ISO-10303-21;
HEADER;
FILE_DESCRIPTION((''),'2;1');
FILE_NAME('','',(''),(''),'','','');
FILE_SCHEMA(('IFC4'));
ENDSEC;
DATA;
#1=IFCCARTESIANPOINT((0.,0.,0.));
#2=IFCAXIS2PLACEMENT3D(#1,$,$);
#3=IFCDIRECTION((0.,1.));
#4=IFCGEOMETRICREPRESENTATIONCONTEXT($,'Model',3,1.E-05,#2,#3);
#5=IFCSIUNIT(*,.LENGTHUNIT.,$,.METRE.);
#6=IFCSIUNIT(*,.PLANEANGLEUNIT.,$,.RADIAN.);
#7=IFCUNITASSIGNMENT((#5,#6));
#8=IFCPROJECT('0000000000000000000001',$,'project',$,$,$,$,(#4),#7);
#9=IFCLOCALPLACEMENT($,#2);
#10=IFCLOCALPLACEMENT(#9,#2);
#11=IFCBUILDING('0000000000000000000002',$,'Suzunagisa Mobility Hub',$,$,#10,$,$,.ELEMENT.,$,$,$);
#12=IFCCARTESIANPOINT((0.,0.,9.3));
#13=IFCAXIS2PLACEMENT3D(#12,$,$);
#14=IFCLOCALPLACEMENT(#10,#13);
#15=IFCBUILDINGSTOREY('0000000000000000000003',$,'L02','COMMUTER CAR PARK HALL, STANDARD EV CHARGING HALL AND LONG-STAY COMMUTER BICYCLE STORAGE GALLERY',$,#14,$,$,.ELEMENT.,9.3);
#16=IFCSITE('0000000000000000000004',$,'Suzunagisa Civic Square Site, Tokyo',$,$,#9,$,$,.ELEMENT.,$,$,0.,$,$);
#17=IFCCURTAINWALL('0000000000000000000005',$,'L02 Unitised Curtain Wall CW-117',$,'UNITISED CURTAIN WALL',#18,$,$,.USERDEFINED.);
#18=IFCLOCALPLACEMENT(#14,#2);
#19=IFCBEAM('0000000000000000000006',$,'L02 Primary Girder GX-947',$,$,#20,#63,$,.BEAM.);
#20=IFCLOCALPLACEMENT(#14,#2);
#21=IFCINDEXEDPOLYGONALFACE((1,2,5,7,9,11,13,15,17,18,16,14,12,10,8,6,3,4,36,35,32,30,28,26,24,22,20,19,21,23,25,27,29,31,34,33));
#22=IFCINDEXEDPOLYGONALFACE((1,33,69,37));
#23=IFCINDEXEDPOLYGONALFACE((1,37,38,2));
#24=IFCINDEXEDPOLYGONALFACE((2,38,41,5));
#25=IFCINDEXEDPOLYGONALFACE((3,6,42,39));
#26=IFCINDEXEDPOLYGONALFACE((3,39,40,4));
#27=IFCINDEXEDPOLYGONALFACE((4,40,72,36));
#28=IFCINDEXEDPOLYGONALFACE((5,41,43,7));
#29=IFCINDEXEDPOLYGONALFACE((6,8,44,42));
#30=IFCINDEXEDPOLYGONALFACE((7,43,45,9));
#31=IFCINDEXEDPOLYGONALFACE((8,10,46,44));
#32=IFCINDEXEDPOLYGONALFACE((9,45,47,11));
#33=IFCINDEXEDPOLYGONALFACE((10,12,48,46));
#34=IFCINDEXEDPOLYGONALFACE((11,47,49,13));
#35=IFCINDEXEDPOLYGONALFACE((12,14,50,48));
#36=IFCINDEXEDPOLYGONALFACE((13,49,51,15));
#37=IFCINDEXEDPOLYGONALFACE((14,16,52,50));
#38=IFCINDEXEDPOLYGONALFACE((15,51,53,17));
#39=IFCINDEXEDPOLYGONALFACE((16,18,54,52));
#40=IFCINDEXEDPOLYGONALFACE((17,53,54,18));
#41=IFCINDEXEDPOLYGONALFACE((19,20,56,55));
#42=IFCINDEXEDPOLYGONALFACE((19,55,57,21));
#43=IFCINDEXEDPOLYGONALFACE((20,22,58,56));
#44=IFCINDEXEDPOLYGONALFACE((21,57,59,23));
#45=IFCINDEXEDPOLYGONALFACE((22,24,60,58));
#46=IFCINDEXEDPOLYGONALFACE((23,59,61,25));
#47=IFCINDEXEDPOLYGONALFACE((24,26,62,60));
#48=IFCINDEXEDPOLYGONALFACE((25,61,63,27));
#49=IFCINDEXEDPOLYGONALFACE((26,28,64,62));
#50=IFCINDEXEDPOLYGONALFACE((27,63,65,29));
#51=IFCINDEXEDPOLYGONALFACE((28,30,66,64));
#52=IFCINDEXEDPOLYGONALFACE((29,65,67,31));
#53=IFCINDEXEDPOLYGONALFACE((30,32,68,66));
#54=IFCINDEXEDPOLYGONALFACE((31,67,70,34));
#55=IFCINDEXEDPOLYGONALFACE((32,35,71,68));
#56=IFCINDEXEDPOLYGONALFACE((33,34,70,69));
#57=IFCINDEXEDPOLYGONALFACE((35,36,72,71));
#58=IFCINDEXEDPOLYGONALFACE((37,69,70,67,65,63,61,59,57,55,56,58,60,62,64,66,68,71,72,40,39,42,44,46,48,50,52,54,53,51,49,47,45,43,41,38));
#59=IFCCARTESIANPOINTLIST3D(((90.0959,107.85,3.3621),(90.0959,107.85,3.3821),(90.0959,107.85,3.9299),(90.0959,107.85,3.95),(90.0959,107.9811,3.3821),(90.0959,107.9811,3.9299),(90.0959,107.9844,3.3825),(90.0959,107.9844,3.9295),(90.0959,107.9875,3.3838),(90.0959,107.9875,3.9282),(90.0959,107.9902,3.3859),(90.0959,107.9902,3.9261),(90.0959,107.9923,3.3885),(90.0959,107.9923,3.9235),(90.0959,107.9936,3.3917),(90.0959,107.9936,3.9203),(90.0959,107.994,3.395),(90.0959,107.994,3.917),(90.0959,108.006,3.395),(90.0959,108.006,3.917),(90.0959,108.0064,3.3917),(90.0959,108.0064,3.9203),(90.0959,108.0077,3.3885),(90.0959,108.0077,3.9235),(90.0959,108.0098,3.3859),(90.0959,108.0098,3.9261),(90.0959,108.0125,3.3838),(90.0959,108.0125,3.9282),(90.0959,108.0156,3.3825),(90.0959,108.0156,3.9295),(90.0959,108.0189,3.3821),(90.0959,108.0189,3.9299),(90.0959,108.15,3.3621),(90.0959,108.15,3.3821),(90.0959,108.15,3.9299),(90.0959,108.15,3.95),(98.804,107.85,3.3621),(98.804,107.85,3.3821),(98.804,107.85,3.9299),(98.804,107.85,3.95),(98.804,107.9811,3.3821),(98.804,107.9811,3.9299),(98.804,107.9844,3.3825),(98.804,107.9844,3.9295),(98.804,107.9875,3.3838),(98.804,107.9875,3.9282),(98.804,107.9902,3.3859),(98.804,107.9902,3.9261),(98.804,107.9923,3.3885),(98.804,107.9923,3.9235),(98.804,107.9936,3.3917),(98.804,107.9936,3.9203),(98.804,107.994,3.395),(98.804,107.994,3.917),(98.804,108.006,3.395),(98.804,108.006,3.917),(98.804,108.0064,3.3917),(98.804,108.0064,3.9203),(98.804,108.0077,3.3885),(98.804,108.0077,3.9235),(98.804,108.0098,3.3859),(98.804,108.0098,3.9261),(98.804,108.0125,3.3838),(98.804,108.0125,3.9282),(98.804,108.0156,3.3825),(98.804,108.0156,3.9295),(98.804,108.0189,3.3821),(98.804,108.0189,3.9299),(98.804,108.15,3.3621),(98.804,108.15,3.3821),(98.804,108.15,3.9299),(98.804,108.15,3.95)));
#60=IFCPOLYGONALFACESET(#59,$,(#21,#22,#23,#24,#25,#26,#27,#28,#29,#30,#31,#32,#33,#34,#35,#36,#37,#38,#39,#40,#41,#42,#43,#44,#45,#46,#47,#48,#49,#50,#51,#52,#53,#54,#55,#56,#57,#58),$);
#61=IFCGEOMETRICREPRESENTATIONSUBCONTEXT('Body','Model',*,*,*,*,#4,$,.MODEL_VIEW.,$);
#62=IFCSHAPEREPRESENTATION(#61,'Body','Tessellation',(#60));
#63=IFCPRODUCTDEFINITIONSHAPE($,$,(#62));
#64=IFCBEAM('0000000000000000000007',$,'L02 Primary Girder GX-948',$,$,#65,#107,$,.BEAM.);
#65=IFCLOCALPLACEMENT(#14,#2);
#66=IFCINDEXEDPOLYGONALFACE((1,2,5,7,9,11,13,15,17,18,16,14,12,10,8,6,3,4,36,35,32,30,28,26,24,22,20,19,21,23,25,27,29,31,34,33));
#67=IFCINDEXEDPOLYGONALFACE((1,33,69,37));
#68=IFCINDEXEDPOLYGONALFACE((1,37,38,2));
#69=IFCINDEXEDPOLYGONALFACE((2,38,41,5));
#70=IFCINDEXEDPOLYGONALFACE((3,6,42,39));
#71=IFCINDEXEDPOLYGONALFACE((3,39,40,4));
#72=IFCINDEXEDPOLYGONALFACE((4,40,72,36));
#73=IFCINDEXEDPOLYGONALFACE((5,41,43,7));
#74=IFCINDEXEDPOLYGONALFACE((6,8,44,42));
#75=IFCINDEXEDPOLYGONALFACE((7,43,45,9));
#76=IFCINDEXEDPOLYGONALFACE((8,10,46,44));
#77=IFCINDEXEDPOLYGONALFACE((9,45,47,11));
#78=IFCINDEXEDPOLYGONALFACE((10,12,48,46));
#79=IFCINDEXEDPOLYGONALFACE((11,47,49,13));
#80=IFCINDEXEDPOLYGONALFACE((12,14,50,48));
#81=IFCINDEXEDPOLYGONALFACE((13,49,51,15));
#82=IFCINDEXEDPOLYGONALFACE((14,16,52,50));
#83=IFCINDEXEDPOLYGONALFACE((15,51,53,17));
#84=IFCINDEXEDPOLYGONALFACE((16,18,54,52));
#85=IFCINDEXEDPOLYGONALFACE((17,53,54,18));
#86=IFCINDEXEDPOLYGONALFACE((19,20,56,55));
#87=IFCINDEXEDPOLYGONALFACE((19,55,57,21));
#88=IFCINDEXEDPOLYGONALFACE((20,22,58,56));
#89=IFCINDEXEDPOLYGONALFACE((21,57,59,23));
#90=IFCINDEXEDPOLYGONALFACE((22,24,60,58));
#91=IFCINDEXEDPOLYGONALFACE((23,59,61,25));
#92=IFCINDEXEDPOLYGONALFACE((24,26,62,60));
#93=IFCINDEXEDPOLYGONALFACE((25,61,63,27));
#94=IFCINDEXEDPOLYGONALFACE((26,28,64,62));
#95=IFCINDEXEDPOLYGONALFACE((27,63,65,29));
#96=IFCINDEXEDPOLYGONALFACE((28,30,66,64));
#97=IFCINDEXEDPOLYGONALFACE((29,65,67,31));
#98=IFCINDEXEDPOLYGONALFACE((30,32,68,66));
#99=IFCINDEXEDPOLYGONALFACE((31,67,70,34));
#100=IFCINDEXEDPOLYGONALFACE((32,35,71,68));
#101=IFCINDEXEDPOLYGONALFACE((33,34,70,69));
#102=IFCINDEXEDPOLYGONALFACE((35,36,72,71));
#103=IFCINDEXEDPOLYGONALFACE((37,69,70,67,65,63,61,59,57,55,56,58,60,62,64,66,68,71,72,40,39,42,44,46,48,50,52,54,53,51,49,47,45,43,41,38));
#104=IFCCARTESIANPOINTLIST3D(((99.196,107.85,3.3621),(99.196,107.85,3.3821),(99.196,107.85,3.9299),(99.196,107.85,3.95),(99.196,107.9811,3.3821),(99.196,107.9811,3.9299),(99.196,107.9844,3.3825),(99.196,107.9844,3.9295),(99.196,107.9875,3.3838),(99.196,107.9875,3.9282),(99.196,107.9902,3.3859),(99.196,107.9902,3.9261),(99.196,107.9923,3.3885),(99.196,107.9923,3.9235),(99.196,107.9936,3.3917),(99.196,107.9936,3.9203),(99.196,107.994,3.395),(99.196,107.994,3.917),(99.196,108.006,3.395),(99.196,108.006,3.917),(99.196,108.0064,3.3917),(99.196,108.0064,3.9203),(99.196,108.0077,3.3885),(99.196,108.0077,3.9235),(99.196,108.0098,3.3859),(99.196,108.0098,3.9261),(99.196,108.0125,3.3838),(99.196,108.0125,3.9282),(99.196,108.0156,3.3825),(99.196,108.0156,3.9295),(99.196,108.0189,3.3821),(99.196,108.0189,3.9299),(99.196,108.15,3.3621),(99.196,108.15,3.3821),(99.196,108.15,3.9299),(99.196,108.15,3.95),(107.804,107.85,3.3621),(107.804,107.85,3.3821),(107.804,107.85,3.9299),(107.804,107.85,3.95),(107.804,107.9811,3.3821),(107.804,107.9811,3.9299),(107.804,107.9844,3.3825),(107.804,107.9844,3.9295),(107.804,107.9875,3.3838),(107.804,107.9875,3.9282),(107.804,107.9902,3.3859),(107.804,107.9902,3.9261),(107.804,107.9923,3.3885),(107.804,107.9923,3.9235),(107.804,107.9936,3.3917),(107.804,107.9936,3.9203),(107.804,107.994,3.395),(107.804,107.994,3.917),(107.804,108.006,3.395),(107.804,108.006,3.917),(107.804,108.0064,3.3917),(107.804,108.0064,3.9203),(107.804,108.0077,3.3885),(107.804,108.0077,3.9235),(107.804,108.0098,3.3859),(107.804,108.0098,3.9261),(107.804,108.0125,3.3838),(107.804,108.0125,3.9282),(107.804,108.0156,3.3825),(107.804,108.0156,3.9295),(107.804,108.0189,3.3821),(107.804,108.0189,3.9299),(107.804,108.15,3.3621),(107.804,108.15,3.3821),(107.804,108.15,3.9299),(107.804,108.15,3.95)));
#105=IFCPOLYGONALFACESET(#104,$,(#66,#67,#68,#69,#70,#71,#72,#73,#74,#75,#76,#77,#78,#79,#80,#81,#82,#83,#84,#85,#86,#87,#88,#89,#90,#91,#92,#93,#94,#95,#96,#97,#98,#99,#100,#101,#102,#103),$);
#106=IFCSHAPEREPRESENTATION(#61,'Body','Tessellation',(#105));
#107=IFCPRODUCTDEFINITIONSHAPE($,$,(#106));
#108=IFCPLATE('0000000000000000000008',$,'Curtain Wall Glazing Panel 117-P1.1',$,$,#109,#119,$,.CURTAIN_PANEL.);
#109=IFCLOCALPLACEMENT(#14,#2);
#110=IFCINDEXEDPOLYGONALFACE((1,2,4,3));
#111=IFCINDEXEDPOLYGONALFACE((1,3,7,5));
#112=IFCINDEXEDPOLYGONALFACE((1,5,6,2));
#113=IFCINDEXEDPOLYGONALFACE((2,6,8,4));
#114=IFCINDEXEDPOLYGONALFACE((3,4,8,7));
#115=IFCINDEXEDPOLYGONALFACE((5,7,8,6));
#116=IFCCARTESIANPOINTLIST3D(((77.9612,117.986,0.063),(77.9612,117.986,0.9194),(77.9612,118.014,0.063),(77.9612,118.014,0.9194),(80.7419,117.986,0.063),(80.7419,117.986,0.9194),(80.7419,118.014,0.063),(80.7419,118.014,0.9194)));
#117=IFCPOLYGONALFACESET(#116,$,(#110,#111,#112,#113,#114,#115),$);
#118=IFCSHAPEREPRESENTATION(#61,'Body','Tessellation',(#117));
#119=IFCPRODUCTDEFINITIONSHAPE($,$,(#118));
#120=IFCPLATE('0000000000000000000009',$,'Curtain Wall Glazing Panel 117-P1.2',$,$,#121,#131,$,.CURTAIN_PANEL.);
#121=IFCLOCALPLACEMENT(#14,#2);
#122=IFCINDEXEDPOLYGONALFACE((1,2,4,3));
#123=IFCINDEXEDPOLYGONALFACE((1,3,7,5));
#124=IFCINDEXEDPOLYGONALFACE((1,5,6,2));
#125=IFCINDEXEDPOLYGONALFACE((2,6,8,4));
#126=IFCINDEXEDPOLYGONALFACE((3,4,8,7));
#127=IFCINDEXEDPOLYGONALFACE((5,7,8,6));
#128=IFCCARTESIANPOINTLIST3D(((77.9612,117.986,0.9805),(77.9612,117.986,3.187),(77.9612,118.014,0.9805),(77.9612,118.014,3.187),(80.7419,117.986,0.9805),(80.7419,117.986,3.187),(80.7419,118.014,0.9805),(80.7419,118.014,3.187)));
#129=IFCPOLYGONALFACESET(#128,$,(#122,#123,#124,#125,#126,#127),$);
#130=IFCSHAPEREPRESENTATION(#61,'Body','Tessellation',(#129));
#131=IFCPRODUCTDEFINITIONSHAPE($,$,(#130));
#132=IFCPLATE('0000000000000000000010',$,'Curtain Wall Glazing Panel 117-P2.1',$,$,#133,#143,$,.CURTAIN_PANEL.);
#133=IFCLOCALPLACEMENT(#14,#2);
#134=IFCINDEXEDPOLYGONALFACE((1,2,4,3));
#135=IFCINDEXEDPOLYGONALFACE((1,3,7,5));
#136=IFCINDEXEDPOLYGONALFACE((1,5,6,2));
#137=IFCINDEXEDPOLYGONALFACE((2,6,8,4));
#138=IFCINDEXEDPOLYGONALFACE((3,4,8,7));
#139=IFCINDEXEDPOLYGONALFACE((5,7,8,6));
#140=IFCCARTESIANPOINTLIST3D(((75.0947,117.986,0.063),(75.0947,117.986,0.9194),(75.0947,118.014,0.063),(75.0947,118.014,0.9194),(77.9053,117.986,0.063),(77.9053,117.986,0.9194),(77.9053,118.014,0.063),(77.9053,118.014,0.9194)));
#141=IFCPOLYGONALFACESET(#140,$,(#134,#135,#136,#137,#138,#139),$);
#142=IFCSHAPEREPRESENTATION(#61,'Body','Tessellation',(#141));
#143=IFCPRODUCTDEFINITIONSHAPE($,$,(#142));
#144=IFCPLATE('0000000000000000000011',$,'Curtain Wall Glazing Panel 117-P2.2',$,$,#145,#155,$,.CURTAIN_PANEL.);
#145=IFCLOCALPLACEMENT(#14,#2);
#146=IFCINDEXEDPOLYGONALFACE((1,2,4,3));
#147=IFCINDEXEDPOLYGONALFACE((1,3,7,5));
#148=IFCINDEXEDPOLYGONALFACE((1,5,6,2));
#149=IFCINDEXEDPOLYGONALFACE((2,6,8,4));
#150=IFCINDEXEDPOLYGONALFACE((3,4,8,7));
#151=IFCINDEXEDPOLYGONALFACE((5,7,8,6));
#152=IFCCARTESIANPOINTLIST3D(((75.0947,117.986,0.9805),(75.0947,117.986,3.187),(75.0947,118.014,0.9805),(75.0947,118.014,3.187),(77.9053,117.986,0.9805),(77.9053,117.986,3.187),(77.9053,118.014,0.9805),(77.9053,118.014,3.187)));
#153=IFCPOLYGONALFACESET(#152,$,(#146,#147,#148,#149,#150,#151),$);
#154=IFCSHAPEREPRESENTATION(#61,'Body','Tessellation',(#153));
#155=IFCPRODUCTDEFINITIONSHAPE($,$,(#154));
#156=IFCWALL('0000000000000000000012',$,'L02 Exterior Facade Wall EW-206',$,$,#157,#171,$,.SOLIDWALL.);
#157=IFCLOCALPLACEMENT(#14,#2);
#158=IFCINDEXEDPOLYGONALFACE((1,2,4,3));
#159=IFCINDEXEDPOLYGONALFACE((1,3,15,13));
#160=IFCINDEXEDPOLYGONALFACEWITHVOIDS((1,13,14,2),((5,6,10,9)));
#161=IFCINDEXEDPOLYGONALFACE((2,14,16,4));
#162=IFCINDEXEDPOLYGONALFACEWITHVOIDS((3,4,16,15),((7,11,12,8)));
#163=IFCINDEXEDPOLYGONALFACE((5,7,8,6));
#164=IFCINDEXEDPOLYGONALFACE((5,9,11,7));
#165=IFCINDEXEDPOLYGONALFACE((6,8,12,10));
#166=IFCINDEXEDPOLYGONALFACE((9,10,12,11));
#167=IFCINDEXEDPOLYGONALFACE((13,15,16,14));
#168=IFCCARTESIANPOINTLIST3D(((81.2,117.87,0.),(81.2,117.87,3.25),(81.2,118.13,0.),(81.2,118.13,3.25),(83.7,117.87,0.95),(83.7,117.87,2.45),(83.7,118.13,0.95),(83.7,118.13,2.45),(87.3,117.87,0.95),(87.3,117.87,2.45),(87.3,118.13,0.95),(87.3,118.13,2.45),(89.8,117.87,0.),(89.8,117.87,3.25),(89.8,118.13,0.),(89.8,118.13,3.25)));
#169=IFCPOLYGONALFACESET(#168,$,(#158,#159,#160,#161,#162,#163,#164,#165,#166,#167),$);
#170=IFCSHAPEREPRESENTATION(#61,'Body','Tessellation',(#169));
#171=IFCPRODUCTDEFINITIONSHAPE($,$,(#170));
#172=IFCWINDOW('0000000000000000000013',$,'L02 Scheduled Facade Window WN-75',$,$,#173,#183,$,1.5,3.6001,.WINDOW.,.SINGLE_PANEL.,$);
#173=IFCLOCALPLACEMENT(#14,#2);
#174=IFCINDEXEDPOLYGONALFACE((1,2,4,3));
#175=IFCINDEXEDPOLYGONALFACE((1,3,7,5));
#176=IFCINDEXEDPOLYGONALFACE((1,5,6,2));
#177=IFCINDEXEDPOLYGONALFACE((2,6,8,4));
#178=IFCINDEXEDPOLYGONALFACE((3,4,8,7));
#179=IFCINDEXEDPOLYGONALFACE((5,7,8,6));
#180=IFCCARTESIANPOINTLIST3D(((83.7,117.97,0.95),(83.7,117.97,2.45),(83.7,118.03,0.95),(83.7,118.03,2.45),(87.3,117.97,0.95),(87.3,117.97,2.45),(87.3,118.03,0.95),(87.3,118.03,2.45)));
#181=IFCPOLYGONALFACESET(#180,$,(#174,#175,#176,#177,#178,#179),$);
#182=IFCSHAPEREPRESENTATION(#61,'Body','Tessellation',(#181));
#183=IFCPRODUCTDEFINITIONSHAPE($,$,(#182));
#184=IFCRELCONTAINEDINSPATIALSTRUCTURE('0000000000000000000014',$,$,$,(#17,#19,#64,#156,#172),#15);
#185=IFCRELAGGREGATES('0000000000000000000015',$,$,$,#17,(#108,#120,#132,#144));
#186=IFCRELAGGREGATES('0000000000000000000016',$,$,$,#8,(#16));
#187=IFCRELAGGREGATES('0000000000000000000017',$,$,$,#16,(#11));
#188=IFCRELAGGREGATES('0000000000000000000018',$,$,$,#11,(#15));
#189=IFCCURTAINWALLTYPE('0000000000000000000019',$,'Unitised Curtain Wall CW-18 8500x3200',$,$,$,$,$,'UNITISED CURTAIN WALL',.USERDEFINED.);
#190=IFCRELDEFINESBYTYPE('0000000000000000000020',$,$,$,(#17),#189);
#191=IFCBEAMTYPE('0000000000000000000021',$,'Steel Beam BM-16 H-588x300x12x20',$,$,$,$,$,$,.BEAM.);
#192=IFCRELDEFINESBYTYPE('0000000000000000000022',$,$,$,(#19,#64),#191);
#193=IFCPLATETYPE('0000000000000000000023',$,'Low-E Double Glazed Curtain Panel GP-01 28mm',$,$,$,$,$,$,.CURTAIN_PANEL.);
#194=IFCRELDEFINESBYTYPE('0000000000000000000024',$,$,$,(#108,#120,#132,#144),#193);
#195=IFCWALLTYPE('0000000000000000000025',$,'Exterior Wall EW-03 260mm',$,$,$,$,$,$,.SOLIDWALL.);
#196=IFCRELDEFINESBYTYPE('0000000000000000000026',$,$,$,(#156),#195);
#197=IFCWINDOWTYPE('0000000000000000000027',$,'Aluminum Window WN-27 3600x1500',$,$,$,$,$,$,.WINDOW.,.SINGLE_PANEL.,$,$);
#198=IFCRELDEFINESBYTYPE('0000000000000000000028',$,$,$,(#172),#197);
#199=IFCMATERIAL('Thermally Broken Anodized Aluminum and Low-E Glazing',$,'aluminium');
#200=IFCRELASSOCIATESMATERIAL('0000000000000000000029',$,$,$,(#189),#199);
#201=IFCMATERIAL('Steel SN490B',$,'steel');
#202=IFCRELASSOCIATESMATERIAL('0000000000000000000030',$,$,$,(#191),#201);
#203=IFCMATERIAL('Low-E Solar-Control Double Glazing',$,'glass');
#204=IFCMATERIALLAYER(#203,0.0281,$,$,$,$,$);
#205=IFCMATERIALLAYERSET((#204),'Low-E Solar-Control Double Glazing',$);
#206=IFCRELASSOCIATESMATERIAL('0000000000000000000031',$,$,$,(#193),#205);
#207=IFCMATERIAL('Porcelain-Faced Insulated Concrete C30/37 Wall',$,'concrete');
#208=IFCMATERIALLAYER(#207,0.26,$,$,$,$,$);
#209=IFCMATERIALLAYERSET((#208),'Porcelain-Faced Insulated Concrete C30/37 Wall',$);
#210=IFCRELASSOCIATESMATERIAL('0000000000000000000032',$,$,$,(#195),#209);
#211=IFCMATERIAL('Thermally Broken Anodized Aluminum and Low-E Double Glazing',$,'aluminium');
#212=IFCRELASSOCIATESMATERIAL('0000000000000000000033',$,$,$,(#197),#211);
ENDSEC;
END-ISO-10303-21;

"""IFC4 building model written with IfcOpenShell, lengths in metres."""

from ifc_helpers import new_model, si_unit, direction, frame, frame_2d, origin, origin_2d, place, context, subcontext, project, spatial, rectangle, i_section, extrude, material, layer, layer_set, material_profile, profile_set, type_object, element, fill, aggregate, save


model = new_model("IFC4")

# Units and contexts
model_context = context("Model", 3, precision=1e-05, world=origin(), true_north=direction((0.0, 1.0)))
body_context = subcontext(model_context, "Body", "Model", "MODEL_VIEW")
ifc_project = project(units=[si_unit("LENGTHUNIT", "METRE"), si_unit("PLANEANGLEUNIT", "RADIAN")], contexts=[model_context])

# Site, building, storey
site_placement = place(None, origin())
site = spatial("IfcSite", under=ifc_project, at=site_placement, Name="Suzunagisa Civic Square Site, Tokyo", CompositionType="ELEMENT", RefElevation=0.0)
building_placement = place(site_placement, origin())
building = spatial("IfcBuilding", under=site, at=building_placement, Name="Suzunagisa Mobility Hub", CompositionType="ELEMENT")
storey_placement = place(building_placement, frame((0.0, 0.0, 9.3)))
storey = spatial("IfcBuildingStorey", under=building, at=storey_placement, Name="L02", Description="COMMUTER CAR PARK HALL, STANDARD EV CHARGING HALL AND LONG-STAY COMMUTER BICYCLE STORAGE GALLERY", CompositionType="ELEMENT", Elevation=9.3)

# Shared definitions
ifc_material_1 = material(Name="Steel SN490B", Category="steel")

# Curtain wall
ifc_material_2 = material(Name="Thermally Broken Anodized Aluminum and Low-E Glazing", Category="aluminium")
curtain_wall_type = type_object("IfcCurtainWallType", Name="Unitised Curtain Wall CW-18 8500x3200", ElementType="UNITISED CURTAIN WALL", PredefinedType="USERDEFINED", material=ifc_material_2)
curtain_wall_placement = place(storey_placement, origin())
curtain_wall = element("IfcCurtainWall", 1, at=curtain_wall_placement, inside=storey, type_object=curtain_wall_type, Name="L02 Unitised Curtain Wall CW-117", ObjectType="UNITISED CURTAIN WALL", PredefinedType="USERDEFINED")

# Beams
ifc_material_profile_1 = material_profile(ifc_material_1, i_section(OverallWidth=0.3, OverallDepth=0.5879, WebThickness=0.012, FlangeThickness=0.02, FilletRadius=0.0129, at=origin_2d()), Name="H-588x300x12x20")
ifc_profile_set_1 = profile_set([ifc_material_profile_1], Name="Steel SN490B")
beam_type_1 = type_object("IfcBeamType", Name="Steel Beam BM-16 H-588x300x12x20", PredefinedType="BEAM", material=ifc_profile_set_1)
for number, where, z_axis, x_axis, name in (
    (2, (90.0959, 108.0, 3.656), (1.0, 0.0, 0.0), (0.0, 1.0, 0.0), "L02 Primary Girder GX-947"),
):
    element("IfcBeam", number, at=place(storey_placement, frame(where, z_axis=z_axis, x_axis=x_axis)), inside=storey, type_object=beam_type_1, Name=name, PredefinedType="BEAM", context=body_context, shape_type="SweptSolid", body=[
        extrude(i_section(OverallWidth=0.3, OverallDepth=0.5879, WebThickness=0.012, FlangeThickness=0.02, FilletRadius=0.0129, at=origin_2d()), origin(), (0.0, 0.0, 1.0), 8.708),
    ])
beam_placement = place(storey_placement, frame((99.196, 108.0, 3.656), z_axis=(1.0, 0.0, 0.0), x_axis=(0.0, 1.0, 0.0)))
element("IfcBeam", 3, at=beam_placement, inside=storey, type_object=beam_type_1, Name="L02 Primary Girder GX-948", PredefinedType="BEAM", context=body_context, shape_type="SweptSolid", body=[
    extrude(i_section(OverallWidth=0.3, OverallDepth=0.5879, WebThickness=0.012, FlangeThickness=0.02, FilletRadius=0.0129, at=origin_2d()), origin(), (0.0, 0.0, 1.0), 8.6079),
])

# Plates
ifc_material_3 = material(Name="Low-E Solar-Control Double Glazing", Category="glass")
ifc_layer_1 = layer(ifc_material_3, 0.0281)
ifc_layer_set_1 = layer_set([ifc_layer_1], Name="Low-E Solar-Control Double Glazing")
plate_type = type_object("IfcPlateType", Name="Low-E Double Glazed Curtain Panel GP-01 28mm", PredefinedType="CURTAIN_PANEL", material=ifc_layer_set_1)
plate_1_placement = place(storey_placement, frame((79.3516, 118.0, 0.063), z_axis=(0.0, 0.0, 1.0), x_axis=(-1.0, 0.0, 0.0)))
plate_1 = element("IfcPlate", 4, at=plate_1_placement, type_object=plate_type, Name="Curtain Wall Glazing Panel 117-P1.1", PredefinedType="CURTAIN_PANEL", context=body_context, shape_type="SweptSolid", body=[
    extrude(rectangle(XDim=2.7808, YDim=0.0281, at=origin_2d()), origin(), (0.0, 0.0, 1.0), 0.8564),
])
plate_2_placement = place(storey_placement, frame((79.3516, 118.0, 0.9805), z_axis=(0.0, 0.0, 1.0), x_axis=(-1.0, 0.0, 0.0)))
plate_2 = element("IfcPlate", 5, at=plate_2_placement, type_object=plate_type, Name="Curtain Wall Glazing Panel 117-P1.2", PredefinedType="CURTAIN_PANEL", context=body_context, shape_type="SweptSolid", body=[
    extrude(rectangle(XDim=2.7808, YDim=0.0281, at=origin_2d()), origin(), (0.0, 0.0, 1.0), 2.2065),
])
plate_3_placement = place(storey_placement, frame((76.5, 118.0, 0.063), z_axis=(0.0, 0.0, 1.0), x_axis=(-1.0, 0.0, 0.0)))
plate_3 = element("IfcPlate", 6, at=plate_3_placement, type_object=plate_type, Name="Curtain Wall Glazing Panel 117-P2.1", PredefinedType="CURTAIN_PANEL", context=body_context, shape_type="SweptSolid", body=[
    extrude(rectangle(XDim=2.8105, YDim=0.0281, at=origin_2d()), origin(), (0.0, 0.0, 1.0), 0.8564),
])
plate_4_placement = place(storey_placement, frame((76.5, 118.0, 0.9805), z_axis=(0.0, 0.0, 1.0), x_axis=(-1.0, 0.0, 0.0)))
plate_4 = element("IfcPlate", 7, at=plate_4_placement, type_object=plate_type, Name="Curtain Wall Glazing Panel 117-P2.2", PredefinedType="CURTAIN_PANEL", context=body_context, shape_type="SweptSolid", body=[
    extrude(rectangle(XDim=2.8105, YDim=0.0281, at=origin_2d()), origin(), (0.0, 0.0, 1.0), 2.2065),
])
aggregate(curtain_wall, [plate_1, plate_2, plate_3, plate_4])

# Wall, opening, window
ifc_material_4 = material(Name="Porcelain-Faced Insulated Concrete C30/37 Wall", Category="concrete")
ifc_layer_2 = layer(ifc_material_4, 0.26)
ifc_layer_set_2 = layer_set([ifc_layer_2], Name="Porcelain-Faced Insulated Concrete C30/37 Wall")
wall_type_1 = type_object("IfcWallType", Name="Exterior Wall EW-03 260mm", PredefinedType="SOLIDWALL", material=ifc_layer_set_2)
wall_1_placement = place(storey_placement, frame((89.8, 118.0, 0.0), z_axis=(0.0, 0.0, 1.0), x_axis=(-1.0, 0.0, 0.0)))
wall_1 = element("IfcWall", 8, at=wall_1_placement, inside=storey, type_object=wall_type_1, Name="L02 Exterior Facade Wall EW-206", PredefinedType="SOLIDWALL", context=body_context, shape_type="SweptSolid", body=[
    extrude(rectangle(XDim=8.6001, YDim=0.26, at=frame_2d((4.3, 0.0))), origin(), (0.0, 0.0, 1.0), 3.25),
])
opening_1_placement = place(wall_1_placement, frame((2.5, 0.0, 0.95)))
opening_1 = element("IfcOpeningElement", 9, at=opening_1_placement, cuts=wall_1, PredefinedType="OPENING", context=body_context, shape_type="SweptSolid", body=[
    extrude(rectangle(XDim=3.6001, YDim=1.5, at=frame_2d((1.8, 0.75))), frame((0.0, 0.1411, 0.0), z_axis=(0.0, -1.0, 0.0), x_axis=(1.0, 0.0, 0.0)), (0.0, 0.0, 1.0), 0.282),
])
ifc_material_5 = material(Name="Thermally Broken Anodized Aluminum and Low-E Double Glazing", Category="aluminium")
window_type_1 = type_object("IfcWindowType", Name="Aluminum Window WN-27 3600x1500", PartitioningType="SINGLE_PANEL", PredefinedType="WINDOW", material=ifc_material_5)
window_1_placement = place(opening_1_placement, origin())
window_1 = element("IfcWindow", 10, at=window_1_placement, inside=storey, type_object=window_type_1, Name="L02 Scheduled Facade Window WN-75", OverallHeight=1.5, OverallWidth=3.6001, PartitioningType="SINGLE_PANEL", PredefinedType="WINDOW", context=body_context, shape_type="SweptSolid", body=[
    extrude(rectangle(XDim=3.6001, YDim=1.5, at=frame_2d((1.8, 0.75))), frame((0.0, 0.03, 0.0), z_axis=(0.0, -1.0, 0.0), x_axis=(1.0, 0.0, 0.0)), (0.0, 0.0, 1.0), 0.0601),
])
fill(opening_1, window_1)

save(model, "model.ifc")
